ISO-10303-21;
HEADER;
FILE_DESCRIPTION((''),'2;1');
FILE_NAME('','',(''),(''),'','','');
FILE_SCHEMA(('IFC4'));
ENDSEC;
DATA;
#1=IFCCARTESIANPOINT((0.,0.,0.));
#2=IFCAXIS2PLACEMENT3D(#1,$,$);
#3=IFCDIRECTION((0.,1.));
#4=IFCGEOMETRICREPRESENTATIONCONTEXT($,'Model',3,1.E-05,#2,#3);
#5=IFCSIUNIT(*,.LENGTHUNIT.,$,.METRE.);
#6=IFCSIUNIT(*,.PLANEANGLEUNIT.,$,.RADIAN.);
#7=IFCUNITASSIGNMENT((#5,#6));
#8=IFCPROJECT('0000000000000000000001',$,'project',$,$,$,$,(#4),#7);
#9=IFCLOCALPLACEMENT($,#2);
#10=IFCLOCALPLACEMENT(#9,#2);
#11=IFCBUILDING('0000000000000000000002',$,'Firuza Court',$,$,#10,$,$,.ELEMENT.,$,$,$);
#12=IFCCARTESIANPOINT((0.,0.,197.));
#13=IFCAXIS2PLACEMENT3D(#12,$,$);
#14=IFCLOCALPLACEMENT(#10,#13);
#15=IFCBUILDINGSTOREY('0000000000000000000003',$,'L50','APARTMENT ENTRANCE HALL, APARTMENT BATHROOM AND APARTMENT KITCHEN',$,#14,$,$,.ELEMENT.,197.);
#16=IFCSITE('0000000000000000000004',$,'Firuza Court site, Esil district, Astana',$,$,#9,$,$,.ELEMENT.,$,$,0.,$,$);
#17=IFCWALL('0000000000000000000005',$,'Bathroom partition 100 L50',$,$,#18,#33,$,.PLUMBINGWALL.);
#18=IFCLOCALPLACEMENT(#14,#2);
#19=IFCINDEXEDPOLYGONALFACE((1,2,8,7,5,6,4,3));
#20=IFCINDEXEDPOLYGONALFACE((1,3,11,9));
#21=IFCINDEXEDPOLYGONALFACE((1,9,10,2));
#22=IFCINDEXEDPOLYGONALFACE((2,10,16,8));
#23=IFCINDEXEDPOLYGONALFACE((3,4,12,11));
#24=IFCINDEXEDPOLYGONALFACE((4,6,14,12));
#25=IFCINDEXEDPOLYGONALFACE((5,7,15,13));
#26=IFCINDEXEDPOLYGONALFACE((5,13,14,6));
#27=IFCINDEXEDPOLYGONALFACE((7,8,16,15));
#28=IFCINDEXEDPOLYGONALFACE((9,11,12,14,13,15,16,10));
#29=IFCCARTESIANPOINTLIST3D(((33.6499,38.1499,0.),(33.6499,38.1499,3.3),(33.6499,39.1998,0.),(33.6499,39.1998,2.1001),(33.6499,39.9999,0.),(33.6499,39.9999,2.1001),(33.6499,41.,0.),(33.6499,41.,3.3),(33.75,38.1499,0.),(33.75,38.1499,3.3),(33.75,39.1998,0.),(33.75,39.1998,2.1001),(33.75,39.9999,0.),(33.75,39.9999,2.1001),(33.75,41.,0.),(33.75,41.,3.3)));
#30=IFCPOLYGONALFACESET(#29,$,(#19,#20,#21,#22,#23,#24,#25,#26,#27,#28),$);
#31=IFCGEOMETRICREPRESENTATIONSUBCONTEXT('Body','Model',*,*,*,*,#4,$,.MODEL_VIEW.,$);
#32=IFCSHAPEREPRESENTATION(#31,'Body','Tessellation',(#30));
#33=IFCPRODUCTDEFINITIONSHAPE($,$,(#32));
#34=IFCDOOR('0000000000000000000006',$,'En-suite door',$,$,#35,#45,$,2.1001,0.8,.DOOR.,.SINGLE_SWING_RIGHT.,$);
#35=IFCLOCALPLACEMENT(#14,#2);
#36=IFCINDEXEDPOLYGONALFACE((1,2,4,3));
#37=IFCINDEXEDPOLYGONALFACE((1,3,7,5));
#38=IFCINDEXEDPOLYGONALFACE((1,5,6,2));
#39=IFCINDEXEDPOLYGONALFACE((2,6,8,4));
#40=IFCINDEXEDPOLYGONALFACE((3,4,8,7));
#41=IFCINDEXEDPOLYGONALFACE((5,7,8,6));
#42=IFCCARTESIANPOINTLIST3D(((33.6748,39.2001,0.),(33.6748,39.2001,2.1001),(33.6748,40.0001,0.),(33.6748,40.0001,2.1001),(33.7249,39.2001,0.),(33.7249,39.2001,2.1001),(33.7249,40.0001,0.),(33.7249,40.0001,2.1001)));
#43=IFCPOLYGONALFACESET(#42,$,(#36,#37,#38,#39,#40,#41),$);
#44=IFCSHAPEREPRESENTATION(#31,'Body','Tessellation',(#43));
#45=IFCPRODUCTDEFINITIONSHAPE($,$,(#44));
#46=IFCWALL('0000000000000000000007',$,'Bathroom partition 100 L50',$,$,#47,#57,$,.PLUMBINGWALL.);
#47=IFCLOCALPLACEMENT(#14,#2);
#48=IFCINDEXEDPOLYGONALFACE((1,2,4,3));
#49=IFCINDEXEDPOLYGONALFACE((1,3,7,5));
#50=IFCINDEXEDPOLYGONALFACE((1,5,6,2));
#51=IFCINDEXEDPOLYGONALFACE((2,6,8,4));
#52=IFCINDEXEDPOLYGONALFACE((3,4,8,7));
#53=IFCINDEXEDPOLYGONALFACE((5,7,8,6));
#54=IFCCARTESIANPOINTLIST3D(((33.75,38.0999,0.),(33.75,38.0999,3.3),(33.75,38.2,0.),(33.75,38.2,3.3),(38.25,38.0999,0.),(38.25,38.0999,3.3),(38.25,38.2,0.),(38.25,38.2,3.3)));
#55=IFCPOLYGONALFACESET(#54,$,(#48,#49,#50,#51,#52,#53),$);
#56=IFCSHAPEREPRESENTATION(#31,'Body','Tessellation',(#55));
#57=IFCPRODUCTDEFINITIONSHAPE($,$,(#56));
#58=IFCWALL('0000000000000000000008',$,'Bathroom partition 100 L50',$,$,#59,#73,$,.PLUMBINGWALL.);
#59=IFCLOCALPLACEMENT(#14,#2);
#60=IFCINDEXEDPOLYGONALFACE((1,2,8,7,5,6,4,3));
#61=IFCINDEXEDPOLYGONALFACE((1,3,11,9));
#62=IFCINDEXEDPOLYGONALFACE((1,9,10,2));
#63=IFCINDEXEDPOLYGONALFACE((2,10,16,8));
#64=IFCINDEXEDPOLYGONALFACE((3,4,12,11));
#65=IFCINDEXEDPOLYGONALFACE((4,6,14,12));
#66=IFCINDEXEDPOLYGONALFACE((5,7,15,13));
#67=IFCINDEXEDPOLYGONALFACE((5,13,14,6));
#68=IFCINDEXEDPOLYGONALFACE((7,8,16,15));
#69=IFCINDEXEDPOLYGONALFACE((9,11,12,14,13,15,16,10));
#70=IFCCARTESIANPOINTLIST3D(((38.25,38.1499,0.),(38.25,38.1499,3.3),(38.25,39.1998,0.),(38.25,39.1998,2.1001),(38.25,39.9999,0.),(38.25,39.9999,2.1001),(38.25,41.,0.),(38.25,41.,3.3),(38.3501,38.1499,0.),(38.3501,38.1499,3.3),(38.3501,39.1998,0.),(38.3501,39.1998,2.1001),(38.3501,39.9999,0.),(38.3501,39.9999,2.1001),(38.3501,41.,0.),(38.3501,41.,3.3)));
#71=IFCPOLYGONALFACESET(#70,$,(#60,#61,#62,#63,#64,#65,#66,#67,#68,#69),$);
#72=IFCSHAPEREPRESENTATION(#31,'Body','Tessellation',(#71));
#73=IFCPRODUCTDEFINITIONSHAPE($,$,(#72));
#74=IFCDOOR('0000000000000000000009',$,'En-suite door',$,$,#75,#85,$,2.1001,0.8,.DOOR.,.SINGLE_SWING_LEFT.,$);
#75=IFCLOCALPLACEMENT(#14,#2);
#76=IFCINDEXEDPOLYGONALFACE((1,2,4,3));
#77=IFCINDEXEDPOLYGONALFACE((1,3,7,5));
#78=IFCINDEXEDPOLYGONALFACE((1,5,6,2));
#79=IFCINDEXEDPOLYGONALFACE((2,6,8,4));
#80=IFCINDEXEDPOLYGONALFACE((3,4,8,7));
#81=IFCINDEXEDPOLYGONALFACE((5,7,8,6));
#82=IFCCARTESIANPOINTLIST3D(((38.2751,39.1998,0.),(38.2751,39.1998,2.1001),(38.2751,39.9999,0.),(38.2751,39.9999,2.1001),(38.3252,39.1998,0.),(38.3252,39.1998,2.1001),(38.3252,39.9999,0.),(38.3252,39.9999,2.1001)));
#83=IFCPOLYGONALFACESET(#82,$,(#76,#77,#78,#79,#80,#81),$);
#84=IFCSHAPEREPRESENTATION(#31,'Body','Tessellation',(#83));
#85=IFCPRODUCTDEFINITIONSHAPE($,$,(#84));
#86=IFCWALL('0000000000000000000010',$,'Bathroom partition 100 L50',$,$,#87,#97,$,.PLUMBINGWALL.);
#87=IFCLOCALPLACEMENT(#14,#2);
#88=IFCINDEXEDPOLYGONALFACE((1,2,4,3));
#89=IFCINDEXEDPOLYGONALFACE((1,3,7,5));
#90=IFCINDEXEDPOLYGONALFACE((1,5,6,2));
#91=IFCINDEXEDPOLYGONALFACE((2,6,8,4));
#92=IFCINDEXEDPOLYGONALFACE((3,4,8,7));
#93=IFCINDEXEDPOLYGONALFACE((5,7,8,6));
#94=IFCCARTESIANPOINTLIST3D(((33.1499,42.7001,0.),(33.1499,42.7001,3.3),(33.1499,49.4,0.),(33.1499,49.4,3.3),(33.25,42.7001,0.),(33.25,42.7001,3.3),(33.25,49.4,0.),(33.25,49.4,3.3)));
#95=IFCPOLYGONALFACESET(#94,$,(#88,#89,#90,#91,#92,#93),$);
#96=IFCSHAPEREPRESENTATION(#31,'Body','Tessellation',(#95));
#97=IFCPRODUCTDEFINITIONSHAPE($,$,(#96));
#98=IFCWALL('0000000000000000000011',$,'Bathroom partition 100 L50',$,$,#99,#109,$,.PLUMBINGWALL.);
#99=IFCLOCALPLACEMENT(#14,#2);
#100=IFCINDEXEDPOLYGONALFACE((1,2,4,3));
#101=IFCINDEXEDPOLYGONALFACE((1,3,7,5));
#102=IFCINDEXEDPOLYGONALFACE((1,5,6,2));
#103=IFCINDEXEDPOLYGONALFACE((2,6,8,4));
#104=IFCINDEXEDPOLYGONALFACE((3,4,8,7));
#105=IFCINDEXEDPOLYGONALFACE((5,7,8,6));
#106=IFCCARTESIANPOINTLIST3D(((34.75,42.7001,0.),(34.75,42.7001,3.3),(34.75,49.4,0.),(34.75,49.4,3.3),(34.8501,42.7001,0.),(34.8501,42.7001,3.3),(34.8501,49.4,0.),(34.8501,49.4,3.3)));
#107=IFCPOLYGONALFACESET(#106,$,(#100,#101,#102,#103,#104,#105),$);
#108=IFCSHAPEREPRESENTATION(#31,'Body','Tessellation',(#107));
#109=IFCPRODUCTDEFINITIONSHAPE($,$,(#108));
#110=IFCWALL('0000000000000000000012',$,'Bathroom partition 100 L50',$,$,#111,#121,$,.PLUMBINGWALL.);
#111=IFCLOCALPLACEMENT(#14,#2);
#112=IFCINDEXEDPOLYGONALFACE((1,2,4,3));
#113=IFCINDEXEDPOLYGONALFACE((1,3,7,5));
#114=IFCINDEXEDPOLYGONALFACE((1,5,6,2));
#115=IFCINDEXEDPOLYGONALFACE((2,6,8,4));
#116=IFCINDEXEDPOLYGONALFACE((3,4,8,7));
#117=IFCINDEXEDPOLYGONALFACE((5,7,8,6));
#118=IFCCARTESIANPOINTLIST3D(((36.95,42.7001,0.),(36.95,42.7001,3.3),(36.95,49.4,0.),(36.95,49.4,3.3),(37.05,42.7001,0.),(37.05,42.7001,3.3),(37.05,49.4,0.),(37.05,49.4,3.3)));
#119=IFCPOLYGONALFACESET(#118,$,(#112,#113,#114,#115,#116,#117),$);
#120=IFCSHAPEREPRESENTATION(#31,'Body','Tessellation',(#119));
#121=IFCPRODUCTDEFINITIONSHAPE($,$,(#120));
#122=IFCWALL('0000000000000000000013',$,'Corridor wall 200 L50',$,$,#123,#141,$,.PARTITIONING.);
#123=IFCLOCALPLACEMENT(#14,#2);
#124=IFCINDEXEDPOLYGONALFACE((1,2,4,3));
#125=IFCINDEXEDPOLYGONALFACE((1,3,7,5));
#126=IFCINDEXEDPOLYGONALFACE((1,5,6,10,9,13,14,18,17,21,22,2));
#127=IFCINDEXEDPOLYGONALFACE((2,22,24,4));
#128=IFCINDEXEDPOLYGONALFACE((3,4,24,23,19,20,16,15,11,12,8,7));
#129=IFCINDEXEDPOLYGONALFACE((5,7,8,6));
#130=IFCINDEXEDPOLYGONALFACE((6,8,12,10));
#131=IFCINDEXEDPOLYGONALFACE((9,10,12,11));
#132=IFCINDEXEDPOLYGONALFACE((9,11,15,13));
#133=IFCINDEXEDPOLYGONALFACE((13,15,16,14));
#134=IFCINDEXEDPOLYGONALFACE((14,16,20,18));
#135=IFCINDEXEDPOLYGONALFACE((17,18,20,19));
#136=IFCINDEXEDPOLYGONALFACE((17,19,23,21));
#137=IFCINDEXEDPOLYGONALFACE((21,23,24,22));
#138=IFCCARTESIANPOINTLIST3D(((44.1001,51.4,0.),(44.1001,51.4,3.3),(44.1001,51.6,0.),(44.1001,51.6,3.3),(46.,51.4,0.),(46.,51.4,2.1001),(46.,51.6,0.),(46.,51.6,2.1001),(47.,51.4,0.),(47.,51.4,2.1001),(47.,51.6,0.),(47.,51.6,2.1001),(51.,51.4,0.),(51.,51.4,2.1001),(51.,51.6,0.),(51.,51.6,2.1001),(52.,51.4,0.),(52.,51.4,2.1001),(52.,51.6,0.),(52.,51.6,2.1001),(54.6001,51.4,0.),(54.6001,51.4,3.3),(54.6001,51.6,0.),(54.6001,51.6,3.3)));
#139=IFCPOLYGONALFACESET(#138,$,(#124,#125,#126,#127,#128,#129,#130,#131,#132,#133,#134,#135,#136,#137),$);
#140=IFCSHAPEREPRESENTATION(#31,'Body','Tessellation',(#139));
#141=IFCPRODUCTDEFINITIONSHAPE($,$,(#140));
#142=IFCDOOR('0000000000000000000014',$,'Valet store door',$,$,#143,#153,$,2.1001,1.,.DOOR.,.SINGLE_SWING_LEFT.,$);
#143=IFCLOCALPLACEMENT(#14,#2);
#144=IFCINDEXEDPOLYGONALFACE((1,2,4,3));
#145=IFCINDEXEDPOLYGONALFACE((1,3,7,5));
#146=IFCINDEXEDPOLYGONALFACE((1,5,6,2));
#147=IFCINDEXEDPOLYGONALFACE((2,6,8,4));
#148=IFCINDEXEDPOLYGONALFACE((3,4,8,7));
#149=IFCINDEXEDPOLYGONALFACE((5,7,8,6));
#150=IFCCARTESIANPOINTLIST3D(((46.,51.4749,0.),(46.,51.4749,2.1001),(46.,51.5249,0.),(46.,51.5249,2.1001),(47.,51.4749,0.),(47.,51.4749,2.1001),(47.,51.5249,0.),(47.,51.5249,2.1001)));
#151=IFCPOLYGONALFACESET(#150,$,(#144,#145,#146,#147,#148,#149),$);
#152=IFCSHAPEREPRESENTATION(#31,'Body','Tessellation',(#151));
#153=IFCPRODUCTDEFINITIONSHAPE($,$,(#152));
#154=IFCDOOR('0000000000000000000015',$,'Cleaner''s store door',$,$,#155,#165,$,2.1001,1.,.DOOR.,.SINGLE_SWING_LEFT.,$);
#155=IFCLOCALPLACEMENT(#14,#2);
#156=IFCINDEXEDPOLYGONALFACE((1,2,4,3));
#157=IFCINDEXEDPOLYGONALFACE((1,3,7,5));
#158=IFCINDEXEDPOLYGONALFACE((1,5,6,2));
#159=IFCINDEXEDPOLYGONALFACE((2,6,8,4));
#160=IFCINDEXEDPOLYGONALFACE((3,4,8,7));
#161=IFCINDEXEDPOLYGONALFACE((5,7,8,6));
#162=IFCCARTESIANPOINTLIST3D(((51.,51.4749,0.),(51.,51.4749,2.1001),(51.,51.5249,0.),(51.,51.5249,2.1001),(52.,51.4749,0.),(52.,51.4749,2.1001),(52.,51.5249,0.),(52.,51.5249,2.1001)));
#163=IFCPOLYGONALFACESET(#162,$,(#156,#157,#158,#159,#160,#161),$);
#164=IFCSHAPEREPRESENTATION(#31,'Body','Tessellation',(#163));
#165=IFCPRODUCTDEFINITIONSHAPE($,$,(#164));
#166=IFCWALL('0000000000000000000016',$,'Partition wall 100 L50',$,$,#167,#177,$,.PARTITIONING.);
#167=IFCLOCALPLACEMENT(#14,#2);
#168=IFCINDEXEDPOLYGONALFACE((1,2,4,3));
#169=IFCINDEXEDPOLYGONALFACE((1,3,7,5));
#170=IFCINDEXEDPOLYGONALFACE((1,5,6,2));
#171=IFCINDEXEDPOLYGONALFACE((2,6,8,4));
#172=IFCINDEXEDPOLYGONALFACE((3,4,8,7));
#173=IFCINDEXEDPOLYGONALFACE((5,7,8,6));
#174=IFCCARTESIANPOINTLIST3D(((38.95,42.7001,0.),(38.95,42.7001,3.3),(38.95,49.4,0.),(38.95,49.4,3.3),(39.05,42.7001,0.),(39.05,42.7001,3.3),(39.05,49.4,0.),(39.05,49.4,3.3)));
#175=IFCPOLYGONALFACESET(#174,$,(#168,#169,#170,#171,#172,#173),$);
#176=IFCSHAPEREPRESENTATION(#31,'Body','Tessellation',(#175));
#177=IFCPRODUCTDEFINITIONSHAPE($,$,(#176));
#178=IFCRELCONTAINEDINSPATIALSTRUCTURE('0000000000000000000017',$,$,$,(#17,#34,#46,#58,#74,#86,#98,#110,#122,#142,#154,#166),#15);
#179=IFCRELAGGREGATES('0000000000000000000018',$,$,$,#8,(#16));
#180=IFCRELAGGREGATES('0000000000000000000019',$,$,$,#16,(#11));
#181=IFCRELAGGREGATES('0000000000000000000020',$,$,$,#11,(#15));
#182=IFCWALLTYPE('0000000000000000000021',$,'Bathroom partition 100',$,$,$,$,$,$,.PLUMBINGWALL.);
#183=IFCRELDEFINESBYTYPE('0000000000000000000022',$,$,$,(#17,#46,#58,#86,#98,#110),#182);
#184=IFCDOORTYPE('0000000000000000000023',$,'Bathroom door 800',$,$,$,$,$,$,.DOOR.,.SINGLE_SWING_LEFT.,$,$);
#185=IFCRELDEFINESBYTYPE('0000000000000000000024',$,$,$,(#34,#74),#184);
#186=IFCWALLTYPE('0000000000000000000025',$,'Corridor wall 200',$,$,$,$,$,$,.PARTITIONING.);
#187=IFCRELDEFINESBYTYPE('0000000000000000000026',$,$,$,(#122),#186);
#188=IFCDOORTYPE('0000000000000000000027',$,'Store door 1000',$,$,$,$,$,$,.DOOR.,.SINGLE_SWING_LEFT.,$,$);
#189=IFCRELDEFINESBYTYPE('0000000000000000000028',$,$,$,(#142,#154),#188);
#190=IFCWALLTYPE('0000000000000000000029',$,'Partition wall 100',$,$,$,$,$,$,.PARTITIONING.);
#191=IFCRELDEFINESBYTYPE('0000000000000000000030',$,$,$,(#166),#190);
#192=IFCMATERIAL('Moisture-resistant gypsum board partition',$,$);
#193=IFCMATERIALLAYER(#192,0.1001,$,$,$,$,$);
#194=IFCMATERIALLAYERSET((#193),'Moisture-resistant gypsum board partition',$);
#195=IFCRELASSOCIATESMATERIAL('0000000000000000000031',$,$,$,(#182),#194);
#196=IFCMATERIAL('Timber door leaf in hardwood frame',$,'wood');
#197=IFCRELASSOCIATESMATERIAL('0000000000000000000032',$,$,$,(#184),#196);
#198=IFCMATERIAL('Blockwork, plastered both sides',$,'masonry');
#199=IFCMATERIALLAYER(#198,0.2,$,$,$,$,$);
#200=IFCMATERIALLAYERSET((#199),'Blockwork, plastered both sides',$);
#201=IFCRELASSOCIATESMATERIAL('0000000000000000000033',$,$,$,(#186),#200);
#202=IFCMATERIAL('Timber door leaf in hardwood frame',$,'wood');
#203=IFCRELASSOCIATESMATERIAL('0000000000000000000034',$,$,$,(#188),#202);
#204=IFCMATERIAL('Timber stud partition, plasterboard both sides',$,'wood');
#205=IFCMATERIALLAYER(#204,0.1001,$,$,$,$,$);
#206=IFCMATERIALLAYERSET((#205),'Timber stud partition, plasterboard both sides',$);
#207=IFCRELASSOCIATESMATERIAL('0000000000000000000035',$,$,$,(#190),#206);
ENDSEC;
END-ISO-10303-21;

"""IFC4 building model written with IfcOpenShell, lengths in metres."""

from ifc_helpers import new_model, si_unit, direction, frame, frame_2d, origin, place, context, subcontext, project, spatial, rectangle, extrude, material, layer, layer_set, type_object, element, fill, save


model = new_model("IFC4")

# Units and contexts
model_context = context("Model", 3, precision=1e-05, world=origin(), true_north=direction((0.0, 1.0)))
body_context = subcontext(model_context, "Body", "Model", "MODEL_VIEW")
ifc_project = project(units=[si_unit("LENGTHUNIT", "METRE"), si_unit("PLANEANGLEUNIT", "RADIAN")], contexts=[model_context])

# Site, building, storey
site_placement = place(None, origin())
site = spatial("IfcSite", under=ifc_project, at=site_placement, Name="Firuza Court site, Esil district, Astana", CompositionType="ELEMENT", RefElevation=0.0)
building_placement = place(site_placement, origin())
building = spatial("IfcBuilding", under=site, at=building_placement, Name="Firuza Court", CompositionType="ELEMENT")
storey_placement = place(building_placement, frame((0.0, 0.0, 197.0)))
storey = spatial("IfcBuildingStorey", under=building, at=storey_placement, Name="L50", Description="APARTMENT ENTRANCE HALL, APARTMENT BATHROOM AND APARTMENT KITCHEN", CompositionType="ELEMENT", Elevation=197.0)

# Wall, opening, door
ifc_material_1 = material(Name="Moisture-resistant gypsum board partition")
ifc_layer_1 = layer(ifc_material_1, 0.1001)
ifc_layer_set_1 = layer_set([ifc_layer_1], Name="Moisture-resistant gypsum board partition")
wall_type_1 = type_object("IfcWallType", Name="Bathroom partition 100", PredefinedType="PLUMBINGWALL", material=ifc_layer_set_1)
wall_1_placement = place(storey_placement, frame((33.7, 38.1499, 0.0), z_axis=(0.0, 0.0, 1.0), x_axis=(0.0, 1.0, 0.0)))
wall_1 = element("IfcWall", 1, at=wall_1_placement, inside=storey, type_object=wall_type_1, Name="Bathroom partition 100 L50", PredefinedType="PLUMBINGWALL", context=body_context, shape_type="SweptSolid", body=[
    extrude(rectangle(XDim=2.8501, YDim=0.1001, at=frame_2d((1.425, 0.0))), origin(), (0.0, 0.0, 1.0), 3.3),
])
opening_1_placement = place(wall_1_placement, frame((1.05, 0.0, 0.0)))
opening_1 = element("IfcOpeningElement", 2, at=opening_1_placement, cuts=wall_1, PredefinedType="OPENING", context=body_context, shape_type="SweptSolid", body=[
    extrude(rectangle(XDim=0.8, YDim=2.1001, at=frame_2d((0.3999, 1.05))), frame((0.0, 0.062, 0.0), z_axis=(0.0, -1.0, 0.0), x_axis=(1.0, 0.0, 0.0)), (0.0, 0.0, 1.0), 0.124),
])
ifc_material_2 = material(Name="Timber door leaf in hardwood frame", Category="wood")
door_type_1 = type_object("IfcDoorType", Name="Bathroom door 800", OperationType="SINGLE_SWING_LEFT", PredefinedType="DOOR", material=ifc_material_2)
door_1_placement = place(opening_1_placement, frame((0.8, 0.0, 0.0), z_axis=(0.0, 0.0, 1.0), x_axis=(-1.0, 0.0, 0.0)))
door_1 = element("IfcDoor", 3, at=door_1_placement, inside=storey, type_object=door_type_1, Name="En-suite door", OperationType="SINGLE_SWING_RIGHT", OverallHeight=2.1001, OverallWidth=0.8, PredefinedType="DOOR", context=body_context, shape_type="SweptSolid", body=[
    extrude(rectangle(XDim=0.8, YDim=2.1001, at=frame_2d((0.3999, 1.05))), frame((0.0, 0.0249, 0.0), z_axis=(0.0, -1.0, 0.0), x_axis=(1.0, 0.0, 0.0)), (0.0, 0.0, 1.0), 0.05),
])
fill(opening_1, door_1)

# Wall
wall_2_placement = place(storey_placement, frame((33.75, 38.1499, 0.0), z_axis=(0.0, 0.0, 1.0), x_axis=(1.0, 0.0, 0.0)))
element("IfcWall", 4, at=wall_2_placement, inside=storey, type_object=wall_type_1, Name="Bathroom partition 100 L50", PredefinedType="PLUMBINGWALL", context=body_context, shape_type="SweptSolid", body=[
    extrude(rectangle(XDim=4.5, YDim=0.1001, at=frame_2d((2.25, 0.0))), origin(), (0.0, 0.0, 1.0), 3.3),
])

# Wall, opening, door
wall_3_placement = place(storey_placement, frame((38.3, 38.1499, 0.0), z_axis=(0.0, 0.0, 1.0), x_axis=(0.0, 1.0, 0.0)))
wall_3 = element("IfcWall", 5, at=wall_3_placement, inside=storey, type_object=wall_type_1, Name="Bathroom partition 100 L50", PredefinedType="PLUMBINGWALL", context=body_context, shape_type="SweptSolid", body=[
    extrude(rectangle(XDim=2.8501, YDim=0.1001, at=frame_2d((1.425, 0.0))), origin(), (0.0, 0.0, 1.0), 3.3),
])
opening_2_placement = place(wall_3_placement, frame((1.05, 0.0, 0.0)))
opening_2 = element("IfcOpeningElement", 6, at=opening_2_placement, cuts=wall_3, PredefinedType="OPENING", context=body_context, shape_type="SweptSolid", body=[
    extrude(rectangle(XDim=0.8, YDim=2.1001, at=frame_2d((0.3999, 1.05))), frame((0.0, 0.062, 0.0), z_axis=(0.0, -1.0, 0.0), x_axis=(1.0, 0.0, 0.0)), (0.0, 0.0, 1.0), 0.124),
])
door_2_placement = place(opening_2_placement, origin())
door_2 = element("IfcDoor", 7, at=door_2_placement, inside=storey, type_object=door_type_1, Name="En-suite door", OperationType="SINGLE_SWING_LEFT", OverallHeight=2.1001, OverallWidth=0.8, PredefinedType="DOOR", context=body_context, shape_type="SweptSolid", body=[
    extrude(rectangle(XDim=0.8, YDim=2.1001, at=frame_2d((0.3999, 1.05))), frame((0.0, 0.0249, 0.0), z_axis=(0.0, -1.0, 0.0), x_axis=(1.0, 0.0, 0.0)), (0.0, 0.0, 1.0), 0.05),
])
fill(opening_2, door_2)

# Walls
for number, where, z_axis, x_axis, name in (
    (8, (33.2, 42.7, 0.0), (0.0, 0.0, 1.0), (0.0, 1.0, 0.0), "Bathroom partition 100 L50"),
    (9, (34.8, 42.7, 0.0), (0.0, 0.0, 1.0), (0.0, 1.0, 0.0), "Bathroom partition 100 L50"),
    (10, (37.0, 42.7, 0.0), (0.0, 0.0, 1.0), (0.0, 1.0, 0.0), "Bathroom partition 100 L50"),
):
    element("IfcWall", number, at=place(storey_placement, frame(where, z_axis=z_axis, x_axis=x_axis)), inside=storey, type_object=wall_type_1, Name=name, PredefinedType="PLUMBINGWALL", context=body_context, shape_type="SweptSolid", body=[
        extrude(rectangle(XDim=6.7, YDim=0.1001, at=frame_2d((3.3501, 0.0))), origin(), (0.0, 0.0, 1.0), 3.3),
    ])

# Wall, openings, doors
ifc_material_3 = material(Name="Blockwork, plastered both sides", Category="masonry")
ifc_layer_2 = layer(ifc_material_3, 0.2)
ifc_layer_set_2 = layer_set([ifc_layer_2], Name="Blockwork, plastered both sides")
wall_type_2 = type_object("IfcWallType", Name="Corridor wall 200", PredefinedType="PARTITIONING", material=ifc_layer_set_2)
wall_4_placement = place(storey_placement, frame((44.1001, 51.5, 0.0), z_axis=(0.0, 0.0, 1.0), x_axis=(1.0, 0.0, 0.0)))
wall_4 = element("IfcWall", 11, at=wall_4_placement, inside=storey, type_object=wall_type_2, Name="Corridor wall 200 L50", PredefinedType="PARTITIONING", context=body_context, shape_type="SweptSolid", body=[
    extrude(rectangle(XDim=10.5, YDim=0.2, at=frame_2d((5.25, 0.0))), origin(), (0.0, 0.0, 1.0), 3.3),
])
opening_3_placement = place(wall_4_placement, frame((1.8999, 0.0, 0.0)))
opening_3 = element("IfcOpeningElement", 12, at=opening_3_placement, cuts=wall_4, PredefinedType="OPENING", context=body_context, shape_type="SweptSolid", body=[
    extrude(rectangle(XDim=1.0, YDim=2.1001, at=frame_2d((0.5, 1.05))), frame((0.0, 0.1118, 0.0), z_axis=(0.0, -1.0, 0.0), x_axis=(1.0, 0.0, 0.0)), (0.0, 0.0, 1.0), 0.2239),
])
opening_4_placement = place(wall_4_placement, frame((6.8999, 0.0, 0.0)))
opening_4 = element("IfcOpeningElement", 13, at=opening_4_placement, cuts=wall_4, PredefinedType="OPENING", context=body_context, shape_type="SweptSolid", body=[
    extrude(rectangle(XDim=1.0, YDim=2.1001, at=frame_2d((0.5, 1.05))), frame((0.0, 0.1118, 0.0), z_axis=(0.0, -1.0, 0.0), x_axis=(1.0, 0.0, 0.0)), (0.0, 0.0, 1.0), 0.2239),
])
ifc_material_4 = material(Name="Timber door leaf in hardwood frame", Category="wood")
door_type_2 = type_object("IfcDoorType", Name="Store door 1000", OperationType="SINGLE_SWING_LEFT", PredefinedType="DOOR", material=ifc_material_4)
door_3_placement = place(opening_3_placement, origin())
door_3 = element("IfcDoor", 14, at=door_3_placement, inside=storey, type_object=door_type_2, Name="Valet store door", OperationType="SINGLE_SWING_LEFT", OverallHeight=2.1001, OverallWidth=1.0, PredefinedType="DOOR", context=body_context, shape_type="SweptSolid", body=[
    extrude(rectangle(XDim=1.0, YDim=2.1001, at=frame_2d((0.5, 1.05))), frame((0.0, 0.0249, 0.0), z_axis=(0.0, -1.0, 0.0), x_axis=(1.0, 0.0, 0.0)), (0.0, 0.0, 1.0), 0.05),
])
fill(opening_3, door_3)
door_4_placement = place(opening_4_placement, origin())
door_4 = element("IfcDoor", 15, at=door_4_placement, inside=storey, type_object=door_type_2, Name="Cleaner's store door", OperationType="SINGLE_SWING_LEFT", OverallHeight=2.1001, OverallWidth=1.0, PredefinedType="DOOR", context=body_context, shape_type="SweptSolid", body=[
    extrude(rectangle(XDim=1.0, YDim=2.1001, at=frame_2d((0.5, 1.05))), frame((0.0, 0.0249, 0.0), z_axis=(0.0, -1.0, 0.0), x_axis=(1.0, 0.0, 0.0)), (0.0, 0.0, 1.0), 0.05),
])
fill(opening_4, door_4)

# Wall
ifc_material_5 = material(Name="Timber stud partition, plasterboard both sides", Category="wood")
ifc_layer_3 = layer(ifc_material_5, 0.1001)
ifc_layer_set_3 = layer_set([ifc_layer_3], Name="Timber stud partition, plasterboard both sides")
wall_type_3 = type_object("IfcWallType", Name="Partition wall 100", PredefinedType="PARTITIONING", material=ifc_layer_set_3)
for number, where, z_axis, x_axis, name in (
    (16, (39.0, 42.7, 0.0), (0.0, 0.0, 1.0), (0.0, 1.0, 0.0), "Partition wall 100 L50"),
):
    element("IfcWall", number, at=place(storey_placement, frame(where, z_axis=z_axis, x_axis=x_axis)), inside=storey, type_object=wall_type_3, Name=name, PredefinedType="PARTITIONING", context=body_context, shape_type="SweptSolid", body=[
        extrude(rectangle(XDim=6.7, YDim=0.1001, at=frame_2d((3.3501, 0.0))), origin(), (0.0, 0.0, 1.0), 3.3),
    ])

save(model, "model.ifc")
